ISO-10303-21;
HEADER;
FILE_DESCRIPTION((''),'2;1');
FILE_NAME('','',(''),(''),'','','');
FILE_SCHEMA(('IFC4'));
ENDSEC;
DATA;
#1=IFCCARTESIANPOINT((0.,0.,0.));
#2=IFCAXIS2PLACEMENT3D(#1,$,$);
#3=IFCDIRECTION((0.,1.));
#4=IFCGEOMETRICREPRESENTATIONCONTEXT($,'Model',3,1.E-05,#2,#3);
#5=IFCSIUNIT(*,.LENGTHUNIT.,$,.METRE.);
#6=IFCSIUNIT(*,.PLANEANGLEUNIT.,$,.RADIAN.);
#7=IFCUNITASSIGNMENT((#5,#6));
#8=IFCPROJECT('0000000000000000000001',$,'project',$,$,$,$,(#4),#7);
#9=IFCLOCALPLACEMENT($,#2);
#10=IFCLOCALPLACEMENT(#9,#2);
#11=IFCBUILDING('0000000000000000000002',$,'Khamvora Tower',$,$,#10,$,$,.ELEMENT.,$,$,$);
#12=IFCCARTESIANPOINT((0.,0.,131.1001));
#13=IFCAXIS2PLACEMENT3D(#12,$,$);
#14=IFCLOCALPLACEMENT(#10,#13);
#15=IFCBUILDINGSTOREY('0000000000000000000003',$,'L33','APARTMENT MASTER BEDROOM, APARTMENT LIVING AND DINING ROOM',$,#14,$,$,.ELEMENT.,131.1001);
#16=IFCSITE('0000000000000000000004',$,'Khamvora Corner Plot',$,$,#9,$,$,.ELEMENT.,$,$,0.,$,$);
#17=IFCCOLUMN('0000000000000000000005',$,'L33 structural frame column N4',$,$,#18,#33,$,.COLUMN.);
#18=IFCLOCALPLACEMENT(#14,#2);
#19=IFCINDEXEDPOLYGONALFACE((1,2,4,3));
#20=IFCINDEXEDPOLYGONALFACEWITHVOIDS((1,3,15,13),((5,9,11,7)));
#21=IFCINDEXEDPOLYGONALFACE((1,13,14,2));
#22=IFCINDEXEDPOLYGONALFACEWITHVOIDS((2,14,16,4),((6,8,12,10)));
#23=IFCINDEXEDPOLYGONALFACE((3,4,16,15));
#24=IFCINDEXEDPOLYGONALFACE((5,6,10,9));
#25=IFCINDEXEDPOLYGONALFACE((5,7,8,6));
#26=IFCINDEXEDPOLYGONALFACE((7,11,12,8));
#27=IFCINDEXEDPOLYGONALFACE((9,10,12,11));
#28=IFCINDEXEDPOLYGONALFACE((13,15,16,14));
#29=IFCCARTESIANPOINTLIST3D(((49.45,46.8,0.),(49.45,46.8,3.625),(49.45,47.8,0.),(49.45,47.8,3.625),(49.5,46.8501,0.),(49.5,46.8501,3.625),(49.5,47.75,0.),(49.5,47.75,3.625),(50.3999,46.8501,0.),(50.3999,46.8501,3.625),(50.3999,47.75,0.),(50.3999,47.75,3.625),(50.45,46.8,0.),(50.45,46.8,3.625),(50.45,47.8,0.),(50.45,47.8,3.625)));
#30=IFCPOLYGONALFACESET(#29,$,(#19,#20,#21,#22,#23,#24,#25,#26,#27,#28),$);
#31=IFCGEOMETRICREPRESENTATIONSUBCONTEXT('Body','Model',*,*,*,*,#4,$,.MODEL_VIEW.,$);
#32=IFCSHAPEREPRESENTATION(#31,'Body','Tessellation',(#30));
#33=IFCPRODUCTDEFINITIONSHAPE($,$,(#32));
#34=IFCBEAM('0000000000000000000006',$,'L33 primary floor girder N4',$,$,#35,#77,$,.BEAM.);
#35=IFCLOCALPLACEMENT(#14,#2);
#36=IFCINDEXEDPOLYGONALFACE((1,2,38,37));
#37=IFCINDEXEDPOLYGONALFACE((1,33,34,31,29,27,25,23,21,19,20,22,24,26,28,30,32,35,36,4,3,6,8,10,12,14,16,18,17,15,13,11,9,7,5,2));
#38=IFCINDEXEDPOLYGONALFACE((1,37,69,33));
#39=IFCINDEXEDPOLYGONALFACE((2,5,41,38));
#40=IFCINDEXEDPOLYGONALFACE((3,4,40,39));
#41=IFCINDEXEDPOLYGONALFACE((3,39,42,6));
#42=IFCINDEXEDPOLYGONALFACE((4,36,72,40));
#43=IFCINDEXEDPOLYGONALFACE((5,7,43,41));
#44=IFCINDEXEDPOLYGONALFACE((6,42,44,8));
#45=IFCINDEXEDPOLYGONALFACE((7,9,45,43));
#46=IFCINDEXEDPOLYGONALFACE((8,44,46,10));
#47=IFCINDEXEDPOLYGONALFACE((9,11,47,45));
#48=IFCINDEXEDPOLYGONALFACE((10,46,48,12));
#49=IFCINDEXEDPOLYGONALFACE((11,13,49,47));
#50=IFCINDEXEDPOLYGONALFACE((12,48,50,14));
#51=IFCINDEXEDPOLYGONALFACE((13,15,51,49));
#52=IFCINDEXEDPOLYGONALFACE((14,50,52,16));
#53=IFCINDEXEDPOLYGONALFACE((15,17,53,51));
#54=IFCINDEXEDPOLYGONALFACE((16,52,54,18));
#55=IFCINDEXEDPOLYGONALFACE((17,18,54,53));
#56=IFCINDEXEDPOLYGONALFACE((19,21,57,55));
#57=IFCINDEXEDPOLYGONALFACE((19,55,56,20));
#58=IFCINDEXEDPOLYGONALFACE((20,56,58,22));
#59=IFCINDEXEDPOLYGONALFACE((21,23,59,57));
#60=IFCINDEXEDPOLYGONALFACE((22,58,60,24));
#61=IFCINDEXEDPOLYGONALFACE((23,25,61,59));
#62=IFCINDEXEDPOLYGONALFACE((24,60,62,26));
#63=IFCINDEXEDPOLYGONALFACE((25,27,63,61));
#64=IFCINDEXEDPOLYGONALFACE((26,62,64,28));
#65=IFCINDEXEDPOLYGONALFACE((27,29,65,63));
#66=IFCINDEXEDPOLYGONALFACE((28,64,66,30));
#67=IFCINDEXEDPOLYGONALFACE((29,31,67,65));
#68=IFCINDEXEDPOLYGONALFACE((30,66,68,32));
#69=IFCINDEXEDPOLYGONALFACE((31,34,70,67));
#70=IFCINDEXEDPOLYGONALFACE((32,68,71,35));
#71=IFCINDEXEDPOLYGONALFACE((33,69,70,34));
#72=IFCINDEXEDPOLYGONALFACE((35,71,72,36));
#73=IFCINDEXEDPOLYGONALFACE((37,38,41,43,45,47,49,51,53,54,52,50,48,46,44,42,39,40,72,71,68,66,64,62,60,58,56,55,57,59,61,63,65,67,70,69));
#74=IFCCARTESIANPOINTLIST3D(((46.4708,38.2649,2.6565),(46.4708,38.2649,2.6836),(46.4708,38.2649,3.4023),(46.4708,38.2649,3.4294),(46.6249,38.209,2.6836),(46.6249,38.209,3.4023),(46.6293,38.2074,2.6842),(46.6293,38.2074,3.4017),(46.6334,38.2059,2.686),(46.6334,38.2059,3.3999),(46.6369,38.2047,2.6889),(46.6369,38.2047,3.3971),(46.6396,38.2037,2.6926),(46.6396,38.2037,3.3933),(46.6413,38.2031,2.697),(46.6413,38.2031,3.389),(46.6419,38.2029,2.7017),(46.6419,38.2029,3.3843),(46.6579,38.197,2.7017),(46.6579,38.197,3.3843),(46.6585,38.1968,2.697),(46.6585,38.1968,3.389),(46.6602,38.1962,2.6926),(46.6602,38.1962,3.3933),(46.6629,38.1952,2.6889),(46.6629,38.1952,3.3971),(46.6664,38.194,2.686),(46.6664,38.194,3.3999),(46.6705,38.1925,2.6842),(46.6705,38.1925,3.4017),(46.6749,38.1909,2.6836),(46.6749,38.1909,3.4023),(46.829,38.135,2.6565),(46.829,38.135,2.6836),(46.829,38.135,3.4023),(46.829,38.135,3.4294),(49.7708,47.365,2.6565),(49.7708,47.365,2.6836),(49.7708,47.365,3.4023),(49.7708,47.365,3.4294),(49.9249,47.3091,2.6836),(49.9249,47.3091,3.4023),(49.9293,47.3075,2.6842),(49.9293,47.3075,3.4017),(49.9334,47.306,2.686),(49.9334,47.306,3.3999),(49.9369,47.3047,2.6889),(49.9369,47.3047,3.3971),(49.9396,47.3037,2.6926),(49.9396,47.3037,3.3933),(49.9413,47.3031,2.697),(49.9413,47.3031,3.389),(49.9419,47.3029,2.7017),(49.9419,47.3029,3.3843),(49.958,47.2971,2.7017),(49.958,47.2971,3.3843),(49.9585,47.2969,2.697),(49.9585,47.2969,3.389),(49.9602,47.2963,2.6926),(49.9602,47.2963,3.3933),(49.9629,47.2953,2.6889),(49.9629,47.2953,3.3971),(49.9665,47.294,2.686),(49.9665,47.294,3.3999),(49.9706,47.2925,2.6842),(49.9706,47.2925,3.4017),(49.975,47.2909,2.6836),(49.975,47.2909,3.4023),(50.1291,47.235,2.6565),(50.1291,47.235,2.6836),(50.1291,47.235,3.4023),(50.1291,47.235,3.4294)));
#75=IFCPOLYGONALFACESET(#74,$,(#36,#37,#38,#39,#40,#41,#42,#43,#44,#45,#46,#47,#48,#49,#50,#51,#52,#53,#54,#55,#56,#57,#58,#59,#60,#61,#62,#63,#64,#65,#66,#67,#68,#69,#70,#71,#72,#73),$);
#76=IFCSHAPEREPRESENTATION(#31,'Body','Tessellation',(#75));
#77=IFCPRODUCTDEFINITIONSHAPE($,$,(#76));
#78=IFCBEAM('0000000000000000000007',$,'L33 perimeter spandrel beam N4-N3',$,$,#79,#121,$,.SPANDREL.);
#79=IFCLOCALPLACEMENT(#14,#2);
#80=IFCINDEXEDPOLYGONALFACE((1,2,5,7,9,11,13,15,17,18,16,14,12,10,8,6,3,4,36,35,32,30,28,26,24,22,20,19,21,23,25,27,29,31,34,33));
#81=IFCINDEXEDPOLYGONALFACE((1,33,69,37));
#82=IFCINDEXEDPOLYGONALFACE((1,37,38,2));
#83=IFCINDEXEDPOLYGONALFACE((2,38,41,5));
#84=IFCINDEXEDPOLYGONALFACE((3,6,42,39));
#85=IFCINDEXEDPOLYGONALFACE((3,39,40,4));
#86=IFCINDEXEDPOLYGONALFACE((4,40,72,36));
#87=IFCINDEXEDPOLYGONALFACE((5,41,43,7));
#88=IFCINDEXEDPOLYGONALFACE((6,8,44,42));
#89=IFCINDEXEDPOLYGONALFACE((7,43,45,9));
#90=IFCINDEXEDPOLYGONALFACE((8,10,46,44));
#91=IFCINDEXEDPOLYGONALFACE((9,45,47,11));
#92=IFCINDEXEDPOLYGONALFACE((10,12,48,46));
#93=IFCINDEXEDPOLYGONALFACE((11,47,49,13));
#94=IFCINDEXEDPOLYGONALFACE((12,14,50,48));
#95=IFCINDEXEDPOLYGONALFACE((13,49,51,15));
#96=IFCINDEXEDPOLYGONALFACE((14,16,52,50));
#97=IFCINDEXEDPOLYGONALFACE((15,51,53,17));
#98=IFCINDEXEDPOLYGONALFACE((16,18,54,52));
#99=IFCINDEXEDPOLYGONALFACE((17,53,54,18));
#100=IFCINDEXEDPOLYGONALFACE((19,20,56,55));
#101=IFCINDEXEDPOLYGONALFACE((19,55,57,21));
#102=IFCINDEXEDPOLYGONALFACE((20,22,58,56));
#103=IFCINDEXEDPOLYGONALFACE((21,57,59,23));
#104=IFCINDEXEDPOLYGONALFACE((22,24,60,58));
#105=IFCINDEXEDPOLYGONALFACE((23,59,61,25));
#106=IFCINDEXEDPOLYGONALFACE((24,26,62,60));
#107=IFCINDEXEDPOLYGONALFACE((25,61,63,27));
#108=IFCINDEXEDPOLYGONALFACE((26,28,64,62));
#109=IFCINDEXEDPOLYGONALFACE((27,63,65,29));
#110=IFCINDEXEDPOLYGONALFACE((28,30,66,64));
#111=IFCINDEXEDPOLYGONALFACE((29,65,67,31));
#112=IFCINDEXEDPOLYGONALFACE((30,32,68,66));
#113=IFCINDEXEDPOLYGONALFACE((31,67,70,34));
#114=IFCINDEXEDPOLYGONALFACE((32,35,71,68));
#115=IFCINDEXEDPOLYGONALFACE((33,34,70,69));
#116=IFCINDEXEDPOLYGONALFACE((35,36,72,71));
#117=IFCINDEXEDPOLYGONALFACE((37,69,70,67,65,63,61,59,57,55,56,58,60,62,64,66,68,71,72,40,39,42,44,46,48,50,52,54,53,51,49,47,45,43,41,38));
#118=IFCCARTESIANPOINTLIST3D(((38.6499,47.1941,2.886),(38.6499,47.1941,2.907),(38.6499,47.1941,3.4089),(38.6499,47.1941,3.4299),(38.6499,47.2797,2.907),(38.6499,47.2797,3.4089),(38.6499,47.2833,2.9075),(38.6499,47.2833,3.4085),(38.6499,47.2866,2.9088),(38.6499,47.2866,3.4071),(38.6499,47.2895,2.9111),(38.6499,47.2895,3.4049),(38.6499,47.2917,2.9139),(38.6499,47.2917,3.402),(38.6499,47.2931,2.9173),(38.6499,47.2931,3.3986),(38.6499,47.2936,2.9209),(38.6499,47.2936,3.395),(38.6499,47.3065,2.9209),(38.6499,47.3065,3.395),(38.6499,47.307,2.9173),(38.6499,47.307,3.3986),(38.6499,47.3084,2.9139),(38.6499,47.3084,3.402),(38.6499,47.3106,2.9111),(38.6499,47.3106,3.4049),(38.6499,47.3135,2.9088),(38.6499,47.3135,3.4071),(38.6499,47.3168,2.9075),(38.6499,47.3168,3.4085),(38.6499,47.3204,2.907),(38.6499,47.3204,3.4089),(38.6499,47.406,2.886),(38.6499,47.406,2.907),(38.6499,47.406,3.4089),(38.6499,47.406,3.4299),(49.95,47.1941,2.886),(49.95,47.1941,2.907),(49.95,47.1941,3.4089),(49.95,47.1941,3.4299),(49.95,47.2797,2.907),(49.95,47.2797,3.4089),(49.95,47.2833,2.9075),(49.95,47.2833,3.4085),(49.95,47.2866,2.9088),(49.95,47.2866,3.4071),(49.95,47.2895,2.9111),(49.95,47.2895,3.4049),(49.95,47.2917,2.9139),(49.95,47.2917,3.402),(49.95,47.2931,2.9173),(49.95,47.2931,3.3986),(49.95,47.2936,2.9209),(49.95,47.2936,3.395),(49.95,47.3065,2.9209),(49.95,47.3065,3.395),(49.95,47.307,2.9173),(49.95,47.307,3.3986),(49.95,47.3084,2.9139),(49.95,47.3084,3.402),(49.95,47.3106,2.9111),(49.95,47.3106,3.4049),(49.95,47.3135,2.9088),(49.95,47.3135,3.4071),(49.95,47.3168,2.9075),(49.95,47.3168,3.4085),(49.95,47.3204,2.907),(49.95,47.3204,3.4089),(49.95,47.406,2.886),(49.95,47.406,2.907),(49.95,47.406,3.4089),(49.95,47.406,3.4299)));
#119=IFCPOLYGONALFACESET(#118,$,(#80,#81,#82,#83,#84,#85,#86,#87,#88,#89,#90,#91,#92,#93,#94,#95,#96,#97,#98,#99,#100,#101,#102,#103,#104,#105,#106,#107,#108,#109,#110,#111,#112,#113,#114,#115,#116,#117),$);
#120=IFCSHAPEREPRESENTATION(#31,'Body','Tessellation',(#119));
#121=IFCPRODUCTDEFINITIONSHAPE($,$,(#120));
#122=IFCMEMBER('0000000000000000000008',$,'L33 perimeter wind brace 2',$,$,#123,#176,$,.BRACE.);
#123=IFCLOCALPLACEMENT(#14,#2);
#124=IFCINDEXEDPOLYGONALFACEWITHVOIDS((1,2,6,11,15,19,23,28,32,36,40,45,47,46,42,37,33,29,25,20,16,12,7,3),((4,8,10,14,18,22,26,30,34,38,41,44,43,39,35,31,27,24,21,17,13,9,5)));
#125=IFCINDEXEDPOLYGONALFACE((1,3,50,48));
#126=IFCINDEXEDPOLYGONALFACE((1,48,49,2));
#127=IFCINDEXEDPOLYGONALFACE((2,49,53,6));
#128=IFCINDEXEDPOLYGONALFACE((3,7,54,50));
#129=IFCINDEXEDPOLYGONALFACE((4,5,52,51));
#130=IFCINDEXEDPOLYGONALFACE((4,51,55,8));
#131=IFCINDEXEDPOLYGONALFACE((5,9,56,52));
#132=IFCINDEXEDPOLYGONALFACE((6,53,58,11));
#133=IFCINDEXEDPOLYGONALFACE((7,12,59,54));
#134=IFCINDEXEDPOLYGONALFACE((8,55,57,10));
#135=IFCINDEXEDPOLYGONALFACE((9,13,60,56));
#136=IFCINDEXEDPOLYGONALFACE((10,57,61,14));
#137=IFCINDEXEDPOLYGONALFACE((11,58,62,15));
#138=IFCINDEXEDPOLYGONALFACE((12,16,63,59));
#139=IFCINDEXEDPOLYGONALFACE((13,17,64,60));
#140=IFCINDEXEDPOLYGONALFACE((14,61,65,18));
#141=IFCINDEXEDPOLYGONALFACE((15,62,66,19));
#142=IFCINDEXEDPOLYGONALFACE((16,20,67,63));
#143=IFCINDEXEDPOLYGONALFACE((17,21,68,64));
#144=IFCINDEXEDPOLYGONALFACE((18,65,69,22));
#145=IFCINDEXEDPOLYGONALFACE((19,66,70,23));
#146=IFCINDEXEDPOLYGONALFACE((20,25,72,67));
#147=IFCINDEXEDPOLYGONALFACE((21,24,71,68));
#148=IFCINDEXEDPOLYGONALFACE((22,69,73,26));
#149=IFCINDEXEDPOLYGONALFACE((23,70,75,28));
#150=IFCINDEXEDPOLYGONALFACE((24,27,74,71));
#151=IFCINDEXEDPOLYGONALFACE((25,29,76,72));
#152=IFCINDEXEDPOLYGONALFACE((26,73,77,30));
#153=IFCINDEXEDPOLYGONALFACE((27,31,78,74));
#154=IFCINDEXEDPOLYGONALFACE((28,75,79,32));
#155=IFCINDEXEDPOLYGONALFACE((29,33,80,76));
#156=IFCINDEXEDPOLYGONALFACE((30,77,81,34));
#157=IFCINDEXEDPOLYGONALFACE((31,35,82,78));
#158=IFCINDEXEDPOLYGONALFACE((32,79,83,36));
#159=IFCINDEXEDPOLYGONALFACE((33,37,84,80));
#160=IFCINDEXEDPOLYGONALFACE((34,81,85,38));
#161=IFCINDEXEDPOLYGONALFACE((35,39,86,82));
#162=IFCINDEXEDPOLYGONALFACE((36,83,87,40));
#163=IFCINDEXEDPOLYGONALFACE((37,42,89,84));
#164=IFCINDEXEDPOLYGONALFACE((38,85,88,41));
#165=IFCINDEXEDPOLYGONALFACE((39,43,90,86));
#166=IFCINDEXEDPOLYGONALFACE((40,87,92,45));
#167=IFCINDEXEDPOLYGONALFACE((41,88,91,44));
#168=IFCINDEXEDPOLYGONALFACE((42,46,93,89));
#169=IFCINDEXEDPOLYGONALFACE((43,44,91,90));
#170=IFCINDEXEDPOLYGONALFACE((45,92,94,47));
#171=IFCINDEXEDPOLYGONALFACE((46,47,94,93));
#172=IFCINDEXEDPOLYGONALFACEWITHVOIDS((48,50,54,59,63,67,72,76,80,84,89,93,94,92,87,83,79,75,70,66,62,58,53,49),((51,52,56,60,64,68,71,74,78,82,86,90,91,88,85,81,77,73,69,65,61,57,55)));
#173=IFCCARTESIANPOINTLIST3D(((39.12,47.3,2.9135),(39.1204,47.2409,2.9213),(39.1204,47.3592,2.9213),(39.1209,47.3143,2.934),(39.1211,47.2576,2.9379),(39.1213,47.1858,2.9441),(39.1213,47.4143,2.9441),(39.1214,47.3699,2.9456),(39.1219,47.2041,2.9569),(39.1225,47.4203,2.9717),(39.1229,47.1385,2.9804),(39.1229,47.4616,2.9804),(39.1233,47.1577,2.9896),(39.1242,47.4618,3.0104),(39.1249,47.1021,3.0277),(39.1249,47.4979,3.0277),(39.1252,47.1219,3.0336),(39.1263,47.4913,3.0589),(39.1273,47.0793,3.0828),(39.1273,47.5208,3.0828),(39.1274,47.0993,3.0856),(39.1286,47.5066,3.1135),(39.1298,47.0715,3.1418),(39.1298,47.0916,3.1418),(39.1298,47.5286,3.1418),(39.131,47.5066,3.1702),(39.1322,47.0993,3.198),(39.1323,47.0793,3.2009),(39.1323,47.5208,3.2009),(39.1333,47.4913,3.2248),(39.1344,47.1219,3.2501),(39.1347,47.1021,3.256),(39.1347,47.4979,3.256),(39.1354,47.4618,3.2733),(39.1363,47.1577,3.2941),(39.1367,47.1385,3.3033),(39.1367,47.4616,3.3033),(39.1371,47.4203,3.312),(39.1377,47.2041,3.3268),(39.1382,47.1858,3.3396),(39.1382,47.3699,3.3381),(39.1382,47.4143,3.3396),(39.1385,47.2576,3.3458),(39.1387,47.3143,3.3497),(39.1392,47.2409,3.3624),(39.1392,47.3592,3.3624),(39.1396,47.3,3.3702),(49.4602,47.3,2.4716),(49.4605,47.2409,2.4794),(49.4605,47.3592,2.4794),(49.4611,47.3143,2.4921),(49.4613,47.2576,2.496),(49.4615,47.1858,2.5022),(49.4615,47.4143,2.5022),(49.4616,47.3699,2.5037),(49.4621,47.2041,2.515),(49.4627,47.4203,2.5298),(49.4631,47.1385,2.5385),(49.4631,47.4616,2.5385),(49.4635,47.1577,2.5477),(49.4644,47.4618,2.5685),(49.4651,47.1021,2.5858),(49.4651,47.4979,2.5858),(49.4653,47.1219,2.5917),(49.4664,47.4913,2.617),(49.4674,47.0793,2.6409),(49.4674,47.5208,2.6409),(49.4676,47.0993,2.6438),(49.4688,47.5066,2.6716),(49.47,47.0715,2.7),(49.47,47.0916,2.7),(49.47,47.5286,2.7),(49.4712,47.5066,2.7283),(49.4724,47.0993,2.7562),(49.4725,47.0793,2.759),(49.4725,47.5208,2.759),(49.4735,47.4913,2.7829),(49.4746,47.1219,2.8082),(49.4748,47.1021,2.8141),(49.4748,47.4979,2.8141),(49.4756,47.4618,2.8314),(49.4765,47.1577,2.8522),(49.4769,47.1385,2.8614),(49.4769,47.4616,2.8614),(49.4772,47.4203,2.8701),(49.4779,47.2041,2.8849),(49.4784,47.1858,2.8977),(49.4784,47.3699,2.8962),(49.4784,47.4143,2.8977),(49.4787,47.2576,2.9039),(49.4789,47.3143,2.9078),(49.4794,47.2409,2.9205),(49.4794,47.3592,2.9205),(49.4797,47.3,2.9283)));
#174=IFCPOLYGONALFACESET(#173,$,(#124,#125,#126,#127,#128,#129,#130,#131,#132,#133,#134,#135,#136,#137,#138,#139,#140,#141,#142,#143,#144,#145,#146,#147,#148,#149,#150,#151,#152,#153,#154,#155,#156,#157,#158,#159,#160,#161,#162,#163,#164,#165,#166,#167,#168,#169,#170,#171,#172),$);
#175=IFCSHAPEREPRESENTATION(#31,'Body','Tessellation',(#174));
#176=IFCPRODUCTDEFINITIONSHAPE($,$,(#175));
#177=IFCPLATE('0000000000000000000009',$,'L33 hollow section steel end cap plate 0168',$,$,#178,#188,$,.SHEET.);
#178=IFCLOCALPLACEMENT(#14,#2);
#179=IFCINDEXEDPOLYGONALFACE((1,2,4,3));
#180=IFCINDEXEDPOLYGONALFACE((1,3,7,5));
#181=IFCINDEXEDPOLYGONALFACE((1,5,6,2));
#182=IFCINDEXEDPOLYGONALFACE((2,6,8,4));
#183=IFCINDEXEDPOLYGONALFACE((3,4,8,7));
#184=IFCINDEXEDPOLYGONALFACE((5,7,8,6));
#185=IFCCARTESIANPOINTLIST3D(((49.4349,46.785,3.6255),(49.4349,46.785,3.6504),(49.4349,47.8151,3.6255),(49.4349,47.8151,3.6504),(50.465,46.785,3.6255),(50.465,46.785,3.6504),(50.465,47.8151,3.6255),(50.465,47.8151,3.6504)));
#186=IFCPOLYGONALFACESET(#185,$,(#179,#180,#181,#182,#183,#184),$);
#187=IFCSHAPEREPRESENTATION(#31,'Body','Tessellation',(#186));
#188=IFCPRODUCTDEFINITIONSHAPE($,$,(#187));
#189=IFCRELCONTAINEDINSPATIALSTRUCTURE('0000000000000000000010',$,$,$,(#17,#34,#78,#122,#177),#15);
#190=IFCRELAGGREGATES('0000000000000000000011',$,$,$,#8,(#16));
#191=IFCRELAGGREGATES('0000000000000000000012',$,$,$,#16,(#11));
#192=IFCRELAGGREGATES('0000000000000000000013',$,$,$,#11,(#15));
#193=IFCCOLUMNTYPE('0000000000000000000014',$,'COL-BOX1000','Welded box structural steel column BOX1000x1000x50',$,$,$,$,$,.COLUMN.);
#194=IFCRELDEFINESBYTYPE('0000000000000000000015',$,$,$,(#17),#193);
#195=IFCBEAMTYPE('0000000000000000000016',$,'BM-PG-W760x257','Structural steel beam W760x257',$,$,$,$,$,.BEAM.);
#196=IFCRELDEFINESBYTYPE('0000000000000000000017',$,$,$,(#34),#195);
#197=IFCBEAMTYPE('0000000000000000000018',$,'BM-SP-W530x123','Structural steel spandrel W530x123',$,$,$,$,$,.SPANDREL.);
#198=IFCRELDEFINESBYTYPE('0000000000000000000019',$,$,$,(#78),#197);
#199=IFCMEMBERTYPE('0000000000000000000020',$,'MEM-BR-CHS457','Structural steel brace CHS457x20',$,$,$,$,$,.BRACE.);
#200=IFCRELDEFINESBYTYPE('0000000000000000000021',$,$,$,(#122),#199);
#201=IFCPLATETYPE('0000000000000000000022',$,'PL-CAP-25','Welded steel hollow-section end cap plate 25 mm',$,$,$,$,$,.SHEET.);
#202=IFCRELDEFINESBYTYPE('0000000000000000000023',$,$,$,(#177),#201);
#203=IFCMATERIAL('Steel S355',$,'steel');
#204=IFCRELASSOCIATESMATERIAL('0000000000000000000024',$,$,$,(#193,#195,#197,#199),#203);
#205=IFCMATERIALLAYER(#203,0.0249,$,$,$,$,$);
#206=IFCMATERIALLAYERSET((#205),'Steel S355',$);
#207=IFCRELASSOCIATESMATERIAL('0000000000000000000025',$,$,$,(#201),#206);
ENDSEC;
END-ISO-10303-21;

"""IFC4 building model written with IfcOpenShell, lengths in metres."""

from ifc_helpers import new_model, si_unit, direction, frame, origin, origin_2d, place, context, subcontext, project, spatial, rectangle, hollow_rectangle, hollow_circle, i_section, extrude, material, layer, layer_set, material_profile, profile_set, type_object, element, save


model = new_model("IFC4")

# Units and contexts
model_context = context("Model", 3, precision=1e-05, world=origin(), true_north=direction((0.0, 1.0)))
body_context = subcontext(model_context, "Body", "Model", "MODEL_VIEW")
ifc_project = project(units=[si_unit("LENGTHUNIT", "METRE"), si_unit("PLANEANGLEUNIT", "RADIAN")], contexts=[model_context])

# Site, building, storey
site_placement = place(None, origin())
site = spatial("IfcSite", under=ifc_project, at=site_placement, Name="Khamvora Corner Plot", CompositionType="ELEMENT", RefElevation=0.0)
building_placement = place(site_placement, origin())
building = spatial("IfcBuilding", under=site, at=building_placement, Name="Khamvora Tower", CompositionType="ELEMENT")
storey_placement = place(building_placement, frame((0.0, 0.0, 131.1001)))
storey = spatial("IfcBuildingStorey", under=building, at=storey_placement, Name="L33", Description="APARTMENT MASTER BEDROOM, APARTMENT LIVING AND DINING ROOM", CompositionType="ELEMENT", Elevation=131.1001)

# Column
ifc_material_1 = material(Name="Steel S355", Category="steel")
ifc_material_profile_1 = material_profile(ifc_material_1, hollow_rectangle(XDim=1.0, YDim=1.0, WallThickness=0.05, at=origin_2d()), Name="BOX1000x1000x50")
ifc_profile_set_1 = profile_set([ifc_material_profile_1], Name="Steel S355")
column_type = type_object("IfcColumnType", Name="COL-BOX1000", Description="Welded box structural steel column BOX1000x1000x50", PredefinedType="COLUMN", material=ifc_profile_set_1)
column_placement = place(storey_placement, frame((49.95, 47.3, 0.0), z_axis=(0.0, 0.0, 1.0), x_axis=(1.0, 0.0, 0.0)))
element("IfcColumn", 1, at=column_placement, inside=storey, type_object=column_type, Name="L33 structural frame column N4", PredefinedType="COLUMN", context=body_context, shape_type="SweptSolid", body=[
    extrude(hollow_rectangle(XDim=1.0, YDim=1.0, WallThickness=0.05, at=origin_2d()), origin(), (0.0, 0.0, 1.0), 3.625),
])

# Beams
ifc_material_profile_2 = material_profile(ifc_material_1, i_section(OverallWidth=0.3811, OverallDepth=0.7729, WebThickness=0.0171, FlangeThickness=0.0271, FilletRadius=0.0181, at=origin_2d()), Name="W760x257")
ifc_profile_set_2 = profile_set([ifc_material_profile_2], Name="Steel S355")
beam_type_1 = type_object("IfcBeamType", Name="BM-PG-W760x257", Description="Structural steel beam W760x257", PredefinedType="BEAM", material=ifc_profile_set_2)
beam_1_placement = place(storey_placement, frame((46.6499, 38.2, 3.043), z_axis=(0.340915, 0.940094, 0.0), x_axis=(-0.940094, 0.340915, 0.0)))
element("IfcBeam", 2, at=beam_1_placement, inside=storey, type_object=beam_type_1, Name="L33 primary floor girder N4", PredefinedType="BEAM", context=body_context, shape_type="SweptSolid", body=[
    extrude(i_section(OverallWidth=0.3811, OverallDepth=0.7729, WebThickness=0.0171, FlangeThickness=0.0271, FilletRadius=0.0181, at=origin_2d()), origin(), (0.0, 0.0, 1.0), 9.6799),
])
ifc_material_profile_3 = material_profile(ifc_material_1, i_section(OverallWidth=0.2119, OverallDepth=0.5439, WebThickness=0.0129, FlangeThickness=0.021, FilletRadius=0.0139, at=origin_2d()), Name="W530x123")
ifc_profile_set_3 = profile_set([ifc_material_profile_3], Name="Steel S355")
beam_type_2 = type_object("IfcBeamType", Name="BM-SP-W530x123", Description="Structural steel spandrel W530x123", PredefinedType="SPANDREL", material=ifc_profile_set_3)
beam_2_placement = place(storey_placement, frame((49.95, 47.3, 3.158), z_axis=(-1.0, 0.0, 0.0), x_axis=(0.0, -1.0, 0.0)))
element("IfcBeam", 3, at=beam_2_placement, inside=storey, type_object=beam_type_2, Name="L33 perimeter spandrel beam N4-N3", PredefinedType="SPANDREL", context=body_context, shape_type="SweptSolid", body=[
    extrude(i_section(OverallWidth=0.2119, OverallDepth=0.5439, WebThickness=0.0129, FlangeThickness=0.021, FilletRadius=0.0139, at=origin_2d()), origin(), (0.0, 0.0, 1.0), 11.3),
])

# Member
ifc_material_profile_4 = material_profile(ifc_material_1, hollow_circle(Radius=0.2285, WallThickness=0.02, at=origin_2d()), Name="CHS457x20")
ifc_profile_set_4 = profile_set([ifc_material_profile_4], Name="Steel S355")
member_type = type_object("IfcMemberType", Name="MEM-BR-CHS457", Description="Structural steel brace CHS457x20", PredefinedType="BRACE", material=ifc_profile_set_4)
member_placement = place(storey_placement, frame((49.47, 47.3, 2.7), z_axis=(-0.999088, 0.0, 0.042697), x_axis=(0.0, -1.0, 0.0)))
element("IfcMember", 4, at=member_placement, inside=storey, type_object=member_type, Name="L33 perimeter wind brace 2", PredefinedType="BRACE", context=body_context, shape_type="SweptSolid", body=[
    extrude(hollow_circle(Radius=0.2285, WallThickness=0.02, at=origin_2d()), origin(), (0.0, 0.0, 1.0), 10.3496),
])

# Plate
ifc_layer_1 = layer(ifc_material_1, 0.0249)
ifc_layer_set_1 = layer_set([ifc_layer_1], Name="Steel S355")
plate_type_1 = type_object("IfcPlateType", Name="PL-CAP-25", Description="Welded steel hollow-section end cap plate 25 mm", PredefinedType="SHEET", material=ifc_layer_set_1)
for number, where, z_axis, x_axis, name in (
    (5, (49.95, 47.3, 3.6255), (0.0, 0.0, 1.0), (1.0, 0.0, 0.0), "L33 hollow section steel end cap plate 0168"),
):
    element("IfcPlate", number, at=place(storey_placement, frame(where, z_axis=z_axis, x_axis=x_axis)), inside=storey, type_object=plate_type_1, Name=name, PredefinedType="SHEET", context=body_context, shape_type="SweptSolid", body=[
        extrude(rectangle(XDim=1.03, YDim=1.03, at=origin_2d()), origin(), (0.0, 0.0, 1.0), 0.0249),
    ])

save(model, "model.ifc")
